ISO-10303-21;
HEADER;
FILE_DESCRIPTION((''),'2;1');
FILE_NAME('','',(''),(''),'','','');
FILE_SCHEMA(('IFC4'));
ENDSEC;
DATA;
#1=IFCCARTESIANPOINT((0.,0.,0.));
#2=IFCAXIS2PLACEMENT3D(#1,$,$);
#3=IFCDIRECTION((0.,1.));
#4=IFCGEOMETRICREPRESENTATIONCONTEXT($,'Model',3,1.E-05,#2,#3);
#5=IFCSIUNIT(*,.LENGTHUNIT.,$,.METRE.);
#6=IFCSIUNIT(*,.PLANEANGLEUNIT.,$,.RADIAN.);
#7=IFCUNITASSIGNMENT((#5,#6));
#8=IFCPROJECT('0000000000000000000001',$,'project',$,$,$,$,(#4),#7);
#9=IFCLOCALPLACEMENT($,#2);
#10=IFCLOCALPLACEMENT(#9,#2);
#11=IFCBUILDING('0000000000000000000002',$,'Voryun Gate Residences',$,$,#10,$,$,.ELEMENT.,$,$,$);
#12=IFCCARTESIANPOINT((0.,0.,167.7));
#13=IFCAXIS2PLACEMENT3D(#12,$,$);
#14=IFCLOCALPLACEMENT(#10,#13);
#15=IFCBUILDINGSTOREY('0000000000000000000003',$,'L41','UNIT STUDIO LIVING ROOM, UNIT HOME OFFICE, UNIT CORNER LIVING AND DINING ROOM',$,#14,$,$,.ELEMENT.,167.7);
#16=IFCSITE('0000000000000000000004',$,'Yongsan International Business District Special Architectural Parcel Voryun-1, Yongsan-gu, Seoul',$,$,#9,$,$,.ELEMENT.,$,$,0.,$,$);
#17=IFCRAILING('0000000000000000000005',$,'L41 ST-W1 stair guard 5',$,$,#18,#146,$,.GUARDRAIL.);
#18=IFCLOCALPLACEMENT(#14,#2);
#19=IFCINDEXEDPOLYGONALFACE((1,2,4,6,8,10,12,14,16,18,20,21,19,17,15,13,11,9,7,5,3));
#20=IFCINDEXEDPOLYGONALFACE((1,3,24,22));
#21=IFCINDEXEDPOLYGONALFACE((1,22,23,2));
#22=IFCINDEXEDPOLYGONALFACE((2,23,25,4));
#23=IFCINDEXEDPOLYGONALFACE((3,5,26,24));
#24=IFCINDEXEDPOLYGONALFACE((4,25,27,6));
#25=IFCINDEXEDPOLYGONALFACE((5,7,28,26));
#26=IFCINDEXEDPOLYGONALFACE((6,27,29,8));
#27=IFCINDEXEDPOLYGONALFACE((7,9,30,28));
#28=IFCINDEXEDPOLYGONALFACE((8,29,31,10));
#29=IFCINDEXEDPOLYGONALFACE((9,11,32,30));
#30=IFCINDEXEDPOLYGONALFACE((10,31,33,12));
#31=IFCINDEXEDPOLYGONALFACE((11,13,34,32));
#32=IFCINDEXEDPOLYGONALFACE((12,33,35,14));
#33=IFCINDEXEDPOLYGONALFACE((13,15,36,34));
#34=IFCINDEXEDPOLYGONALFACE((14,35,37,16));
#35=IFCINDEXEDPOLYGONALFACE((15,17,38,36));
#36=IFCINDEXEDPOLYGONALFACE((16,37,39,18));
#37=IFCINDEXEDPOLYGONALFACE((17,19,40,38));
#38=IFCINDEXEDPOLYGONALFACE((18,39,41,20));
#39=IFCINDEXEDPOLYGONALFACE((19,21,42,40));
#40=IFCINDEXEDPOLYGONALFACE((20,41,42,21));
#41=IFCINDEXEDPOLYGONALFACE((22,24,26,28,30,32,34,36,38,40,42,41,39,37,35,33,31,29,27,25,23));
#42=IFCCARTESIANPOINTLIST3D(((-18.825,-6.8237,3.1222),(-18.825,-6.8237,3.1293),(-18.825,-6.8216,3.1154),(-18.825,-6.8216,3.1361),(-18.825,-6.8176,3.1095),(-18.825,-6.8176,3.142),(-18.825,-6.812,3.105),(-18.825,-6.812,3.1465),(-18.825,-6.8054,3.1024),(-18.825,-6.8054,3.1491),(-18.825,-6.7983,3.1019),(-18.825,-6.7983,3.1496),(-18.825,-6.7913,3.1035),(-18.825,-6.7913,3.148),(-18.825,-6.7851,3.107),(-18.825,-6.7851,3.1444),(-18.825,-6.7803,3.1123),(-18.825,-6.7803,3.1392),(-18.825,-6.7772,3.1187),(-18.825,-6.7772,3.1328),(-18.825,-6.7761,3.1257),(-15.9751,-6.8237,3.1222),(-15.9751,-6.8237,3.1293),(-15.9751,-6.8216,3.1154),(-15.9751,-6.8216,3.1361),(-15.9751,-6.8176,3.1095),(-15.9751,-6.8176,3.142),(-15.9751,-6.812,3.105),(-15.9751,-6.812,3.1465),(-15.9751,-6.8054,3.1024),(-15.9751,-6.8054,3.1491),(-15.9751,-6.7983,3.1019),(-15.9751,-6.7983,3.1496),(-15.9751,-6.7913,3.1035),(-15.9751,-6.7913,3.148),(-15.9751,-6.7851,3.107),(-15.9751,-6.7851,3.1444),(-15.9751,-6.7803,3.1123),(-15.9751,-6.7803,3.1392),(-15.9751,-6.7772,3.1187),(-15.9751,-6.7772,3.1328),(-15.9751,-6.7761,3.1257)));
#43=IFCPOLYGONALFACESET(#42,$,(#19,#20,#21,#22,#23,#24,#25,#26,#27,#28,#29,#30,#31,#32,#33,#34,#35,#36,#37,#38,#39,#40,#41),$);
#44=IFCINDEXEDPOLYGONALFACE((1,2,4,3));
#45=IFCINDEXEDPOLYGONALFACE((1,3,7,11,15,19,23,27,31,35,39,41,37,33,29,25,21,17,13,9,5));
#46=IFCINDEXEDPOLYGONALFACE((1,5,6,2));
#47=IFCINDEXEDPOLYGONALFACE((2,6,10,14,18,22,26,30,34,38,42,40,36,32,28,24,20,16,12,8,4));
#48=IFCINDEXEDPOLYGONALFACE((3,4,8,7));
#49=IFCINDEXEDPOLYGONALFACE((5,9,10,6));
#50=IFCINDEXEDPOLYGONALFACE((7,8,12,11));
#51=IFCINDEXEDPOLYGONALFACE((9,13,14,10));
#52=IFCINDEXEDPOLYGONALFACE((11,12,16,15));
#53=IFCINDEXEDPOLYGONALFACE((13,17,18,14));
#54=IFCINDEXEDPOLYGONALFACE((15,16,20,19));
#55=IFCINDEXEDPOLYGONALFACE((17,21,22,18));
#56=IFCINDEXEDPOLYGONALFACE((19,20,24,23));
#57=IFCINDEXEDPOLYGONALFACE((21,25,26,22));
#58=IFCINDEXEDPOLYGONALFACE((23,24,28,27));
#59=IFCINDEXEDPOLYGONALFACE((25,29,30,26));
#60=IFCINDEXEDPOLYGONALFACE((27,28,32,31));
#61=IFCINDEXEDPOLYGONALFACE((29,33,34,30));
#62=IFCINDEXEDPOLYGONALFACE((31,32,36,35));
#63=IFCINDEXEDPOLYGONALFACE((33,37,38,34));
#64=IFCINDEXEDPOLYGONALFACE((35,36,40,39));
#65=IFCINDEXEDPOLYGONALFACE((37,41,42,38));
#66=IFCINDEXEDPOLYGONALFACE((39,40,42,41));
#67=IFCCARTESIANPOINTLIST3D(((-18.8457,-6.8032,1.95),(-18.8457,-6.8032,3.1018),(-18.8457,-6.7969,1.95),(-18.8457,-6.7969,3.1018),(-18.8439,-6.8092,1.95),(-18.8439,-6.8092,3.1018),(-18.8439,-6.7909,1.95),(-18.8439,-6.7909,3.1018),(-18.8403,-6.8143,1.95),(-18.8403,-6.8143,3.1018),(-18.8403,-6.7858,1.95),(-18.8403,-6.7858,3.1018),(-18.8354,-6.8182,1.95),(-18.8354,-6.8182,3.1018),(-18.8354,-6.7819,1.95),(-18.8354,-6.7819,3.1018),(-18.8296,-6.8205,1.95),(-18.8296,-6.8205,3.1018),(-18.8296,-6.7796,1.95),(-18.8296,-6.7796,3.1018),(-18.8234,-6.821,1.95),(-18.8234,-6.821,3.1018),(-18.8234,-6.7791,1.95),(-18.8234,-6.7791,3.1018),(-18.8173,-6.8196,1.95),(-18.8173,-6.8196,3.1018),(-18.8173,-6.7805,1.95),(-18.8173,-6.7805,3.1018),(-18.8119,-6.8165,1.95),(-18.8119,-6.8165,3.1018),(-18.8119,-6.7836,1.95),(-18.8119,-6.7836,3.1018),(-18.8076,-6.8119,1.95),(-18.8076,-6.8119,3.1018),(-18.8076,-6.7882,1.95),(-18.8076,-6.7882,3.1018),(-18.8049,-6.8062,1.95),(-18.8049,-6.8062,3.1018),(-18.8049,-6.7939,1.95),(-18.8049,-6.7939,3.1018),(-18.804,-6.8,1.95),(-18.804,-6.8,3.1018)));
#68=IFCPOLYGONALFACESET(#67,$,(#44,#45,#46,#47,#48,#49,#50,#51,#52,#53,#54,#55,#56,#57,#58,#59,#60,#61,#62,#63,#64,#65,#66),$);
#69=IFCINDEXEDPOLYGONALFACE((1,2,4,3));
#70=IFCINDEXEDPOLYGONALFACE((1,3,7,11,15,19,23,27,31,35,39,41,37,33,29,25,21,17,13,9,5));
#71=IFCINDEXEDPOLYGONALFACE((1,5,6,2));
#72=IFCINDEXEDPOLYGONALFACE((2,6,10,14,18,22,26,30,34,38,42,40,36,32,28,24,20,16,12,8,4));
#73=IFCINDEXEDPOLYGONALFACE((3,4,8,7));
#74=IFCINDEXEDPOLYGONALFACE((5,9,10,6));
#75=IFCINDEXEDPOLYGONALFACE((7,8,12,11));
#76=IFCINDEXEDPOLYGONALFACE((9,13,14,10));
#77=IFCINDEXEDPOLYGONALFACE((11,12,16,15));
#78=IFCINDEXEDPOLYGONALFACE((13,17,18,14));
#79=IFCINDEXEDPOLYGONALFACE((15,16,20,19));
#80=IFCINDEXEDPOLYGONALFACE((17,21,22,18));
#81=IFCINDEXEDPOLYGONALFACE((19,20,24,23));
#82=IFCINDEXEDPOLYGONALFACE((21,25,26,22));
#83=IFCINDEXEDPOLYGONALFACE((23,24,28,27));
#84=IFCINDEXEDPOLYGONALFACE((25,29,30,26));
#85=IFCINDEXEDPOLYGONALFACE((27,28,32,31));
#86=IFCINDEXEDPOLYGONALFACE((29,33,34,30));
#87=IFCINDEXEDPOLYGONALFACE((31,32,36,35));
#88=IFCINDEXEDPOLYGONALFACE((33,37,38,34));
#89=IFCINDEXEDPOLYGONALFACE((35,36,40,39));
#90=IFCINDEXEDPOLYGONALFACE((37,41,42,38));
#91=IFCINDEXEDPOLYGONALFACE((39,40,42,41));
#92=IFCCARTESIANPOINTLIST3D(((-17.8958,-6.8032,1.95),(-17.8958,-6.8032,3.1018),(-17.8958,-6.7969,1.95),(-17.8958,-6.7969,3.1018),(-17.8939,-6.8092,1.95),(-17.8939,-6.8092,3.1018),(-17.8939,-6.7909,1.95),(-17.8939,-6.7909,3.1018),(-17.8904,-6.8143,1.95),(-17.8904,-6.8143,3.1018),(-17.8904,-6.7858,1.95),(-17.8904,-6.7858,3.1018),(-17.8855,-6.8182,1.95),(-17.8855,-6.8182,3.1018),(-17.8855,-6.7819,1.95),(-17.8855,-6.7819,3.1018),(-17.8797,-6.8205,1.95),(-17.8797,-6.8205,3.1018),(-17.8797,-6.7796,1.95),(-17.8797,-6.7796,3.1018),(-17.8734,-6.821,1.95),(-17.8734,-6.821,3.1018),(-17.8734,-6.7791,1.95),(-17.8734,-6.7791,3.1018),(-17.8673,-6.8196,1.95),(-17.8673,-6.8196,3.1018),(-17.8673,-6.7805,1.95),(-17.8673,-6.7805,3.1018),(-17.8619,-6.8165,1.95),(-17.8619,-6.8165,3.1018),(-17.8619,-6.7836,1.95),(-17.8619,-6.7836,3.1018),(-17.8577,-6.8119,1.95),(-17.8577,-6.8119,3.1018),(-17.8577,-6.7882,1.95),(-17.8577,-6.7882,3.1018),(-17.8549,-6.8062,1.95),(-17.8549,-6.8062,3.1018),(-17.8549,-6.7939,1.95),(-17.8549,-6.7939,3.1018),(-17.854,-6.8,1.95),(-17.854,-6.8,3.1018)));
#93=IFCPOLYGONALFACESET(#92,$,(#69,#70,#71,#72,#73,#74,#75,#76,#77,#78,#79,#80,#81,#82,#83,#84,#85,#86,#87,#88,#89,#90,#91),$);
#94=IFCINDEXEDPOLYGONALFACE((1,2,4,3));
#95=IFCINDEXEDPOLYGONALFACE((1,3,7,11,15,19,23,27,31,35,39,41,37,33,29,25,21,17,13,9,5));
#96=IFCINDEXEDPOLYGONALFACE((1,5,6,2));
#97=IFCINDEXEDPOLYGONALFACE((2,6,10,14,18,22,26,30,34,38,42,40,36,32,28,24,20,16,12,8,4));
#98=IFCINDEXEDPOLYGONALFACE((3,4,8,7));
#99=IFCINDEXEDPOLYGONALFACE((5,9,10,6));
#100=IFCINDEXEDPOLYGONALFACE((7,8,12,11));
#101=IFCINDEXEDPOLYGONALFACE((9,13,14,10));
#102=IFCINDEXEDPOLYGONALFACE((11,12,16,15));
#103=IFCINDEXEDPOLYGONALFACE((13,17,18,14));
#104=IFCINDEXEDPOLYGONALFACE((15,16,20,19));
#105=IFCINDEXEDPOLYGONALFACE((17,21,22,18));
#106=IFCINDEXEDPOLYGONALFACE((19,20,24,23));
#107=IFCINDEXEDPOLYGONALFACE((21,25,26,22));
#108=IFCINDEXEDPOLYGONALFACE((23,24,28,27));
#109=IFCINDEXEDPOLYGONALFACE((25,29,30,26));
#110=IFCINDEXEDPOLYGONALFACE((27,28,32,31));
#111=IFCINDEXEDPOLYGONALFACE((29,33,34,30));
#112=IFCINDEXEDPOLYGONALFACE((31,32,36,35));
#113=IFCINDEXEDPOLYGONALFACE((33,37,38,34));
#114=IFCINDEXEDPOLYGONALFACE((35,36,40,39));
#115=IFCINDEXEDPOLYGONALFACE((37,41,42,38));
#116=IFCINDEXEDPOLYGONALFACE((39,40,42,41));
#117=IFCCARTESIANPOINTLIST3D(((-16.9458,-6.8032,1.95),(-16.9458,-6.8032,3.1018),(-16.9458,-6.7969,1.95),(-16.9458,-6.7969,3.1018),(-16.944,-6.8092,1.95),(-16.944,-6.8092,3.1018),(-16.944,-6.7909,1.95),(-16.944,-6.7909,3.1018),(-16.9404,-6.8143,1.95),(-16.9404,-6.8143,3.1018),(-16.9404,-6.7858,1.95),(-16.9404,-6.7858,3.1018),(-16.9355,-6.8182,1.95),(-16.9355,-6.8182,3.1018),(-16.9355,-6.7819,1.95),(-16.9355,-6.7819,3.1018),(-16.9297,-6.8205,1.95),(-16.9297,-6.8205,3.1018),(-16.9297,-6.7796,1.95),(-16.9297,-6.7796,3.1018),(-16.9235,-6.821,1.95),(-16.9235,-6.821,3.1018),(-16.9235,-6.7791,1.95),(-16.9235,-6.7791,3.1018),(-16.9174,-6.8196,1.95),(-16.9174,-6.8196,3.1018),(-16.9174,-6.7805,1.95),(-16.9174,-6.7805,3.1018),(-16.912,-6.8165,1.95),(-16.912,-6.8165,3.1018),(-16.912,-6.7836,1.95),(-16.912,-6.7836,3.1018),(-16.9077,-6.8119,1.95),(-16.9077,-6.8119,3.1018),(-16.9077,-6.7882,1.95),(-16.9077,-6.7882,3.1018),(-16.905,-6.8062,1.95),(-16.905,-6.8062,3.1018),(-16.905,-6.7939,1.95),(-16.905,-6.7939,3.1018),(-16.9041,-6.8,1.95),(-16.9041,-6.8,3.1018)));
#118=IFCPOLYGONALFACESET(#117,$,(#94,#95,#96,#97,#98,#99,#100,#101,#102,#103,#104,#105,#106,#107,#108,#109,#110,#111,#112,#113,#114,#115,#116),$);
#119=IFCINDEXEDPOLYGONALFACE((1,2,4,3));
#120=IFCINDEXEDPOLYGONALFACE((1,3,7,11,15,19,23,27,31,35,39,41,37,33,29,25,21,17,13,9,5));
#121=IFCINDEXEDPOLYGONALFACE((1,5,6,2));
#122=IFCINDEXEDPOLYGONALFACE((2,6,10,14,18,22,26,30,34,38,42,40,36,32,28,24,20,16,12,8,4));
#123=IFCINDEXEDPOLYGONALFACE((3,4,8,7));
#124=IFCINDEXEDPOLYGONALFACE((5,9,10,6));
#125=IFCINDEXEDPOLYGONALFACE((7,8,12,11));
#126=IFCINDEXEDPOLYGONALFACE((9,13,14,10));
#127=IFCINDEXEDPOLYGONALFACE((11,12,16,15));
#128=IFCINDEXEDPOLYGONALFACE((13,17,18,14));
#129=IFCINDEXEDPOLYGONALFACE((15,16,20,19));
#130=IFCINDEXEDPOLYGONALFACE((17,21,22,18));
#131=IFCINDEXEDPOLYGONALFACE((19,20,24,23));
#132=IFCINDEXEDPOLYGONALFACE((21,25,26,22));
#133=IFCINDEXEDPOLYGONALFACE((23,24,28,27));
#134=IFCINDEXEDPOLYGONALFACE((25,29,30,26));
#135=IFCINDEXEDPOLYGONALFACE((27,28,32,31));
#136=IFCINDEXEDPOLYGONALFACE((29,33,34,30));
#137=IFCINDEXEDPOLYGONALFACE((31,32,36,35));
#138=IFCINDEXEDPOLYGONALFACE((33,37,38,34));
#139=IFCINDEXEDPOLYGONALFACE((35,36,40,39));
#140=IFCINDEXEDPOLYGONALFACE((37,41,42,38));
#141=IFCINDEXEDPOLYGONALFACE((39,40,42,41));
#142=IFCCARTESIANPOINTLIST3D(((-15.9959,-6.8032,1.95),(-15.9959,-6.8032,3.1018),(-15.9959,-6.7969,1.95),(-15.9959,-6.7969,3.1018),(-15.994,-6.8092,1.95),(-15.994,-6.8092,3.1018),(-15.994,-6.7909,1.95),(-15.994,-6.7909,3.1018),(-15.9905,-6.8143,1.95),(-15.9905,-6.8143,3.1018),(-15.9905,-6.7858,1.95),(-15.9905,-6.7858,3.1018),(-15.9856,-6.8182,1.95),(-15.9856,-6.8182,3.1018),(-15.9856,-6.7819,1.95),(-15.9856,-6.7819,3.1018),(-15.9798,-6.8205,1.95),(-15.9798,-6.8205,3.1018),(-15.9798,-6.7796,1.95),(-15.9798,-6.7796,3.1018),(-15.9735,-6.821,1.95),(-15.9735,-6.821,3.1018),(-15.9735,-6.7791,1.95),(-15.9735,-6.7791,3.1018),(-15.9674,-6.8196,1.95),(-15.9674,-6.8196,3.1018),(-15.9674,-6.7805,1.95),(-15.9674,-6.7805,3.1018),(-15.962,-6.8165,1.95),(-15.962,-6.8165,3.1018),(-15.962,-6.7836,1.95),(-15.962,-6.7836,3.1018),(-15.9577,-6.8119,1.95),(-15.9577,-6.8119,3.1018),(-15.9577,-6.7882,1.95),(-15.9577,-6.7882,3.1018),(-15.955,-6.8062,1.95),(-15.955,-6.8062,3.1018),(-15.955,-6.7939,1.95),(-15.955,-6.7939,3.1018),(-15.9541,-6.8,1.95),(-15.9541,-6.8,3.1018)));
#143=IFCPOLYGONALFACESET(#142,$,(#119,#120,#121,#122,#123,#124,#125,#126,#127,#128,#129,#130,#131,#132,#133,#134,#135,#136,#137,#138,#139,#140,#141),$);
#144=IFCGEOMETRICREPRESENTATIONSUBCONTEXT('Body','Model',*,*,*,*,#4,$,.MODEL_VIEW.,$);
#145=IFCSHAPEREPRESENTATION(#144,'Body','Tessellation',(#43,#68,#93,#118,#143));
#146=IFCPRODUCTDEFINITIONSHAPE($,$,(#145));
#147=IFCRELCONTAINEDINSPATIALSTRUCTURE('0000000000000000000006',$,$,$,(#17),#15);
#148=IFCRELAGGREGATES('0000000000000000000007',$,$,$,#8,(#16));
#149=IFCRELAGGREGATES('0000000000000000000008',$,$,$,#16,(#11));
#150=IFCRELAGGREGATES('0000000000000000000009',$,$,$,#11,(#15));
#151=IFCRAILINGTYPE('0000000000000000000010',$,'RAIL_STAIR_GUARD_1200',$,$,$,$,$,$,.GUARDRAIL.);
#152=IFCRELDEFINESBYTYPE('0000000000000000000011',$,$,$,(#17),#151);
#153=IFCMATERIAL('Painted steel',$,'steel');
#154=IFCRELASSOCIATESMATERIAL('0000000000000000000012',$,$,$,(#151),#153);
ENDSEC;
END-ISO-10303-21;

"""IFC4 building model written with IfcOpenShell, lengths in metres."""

from ifc_helpers import new_model, si_unit, direction, frame, origin, origin_2d, place, context, subcontext, project, spatial, circle, extrude, material, type_object, element, save


model = new_model("IFC4")

# Units and contexts
model_context = context("Model", 3, precision=1e-05, world=origin(), true_north=direction((0.0, 1.0)))
body_context = subcontext(model_context, "Body", "Model", "MODEL_VIEW")
ifc_project = project(units=[si_unit("LENGTHUNIT", "METRE"), si_unit("PLANEANGLEUNIT", "RADIAN")], contexts=[model_context])

# Site, building, storey
site_placement = place(None, origin())
site = spatial("IfcSite", under=ifc_project, at=site_placement, Name="Yongsan International Business District Special Architectural Parcel Voryun-1, Yongsan-gu, Seoul", CompositionType="ELEMENT", RefElevation=0.0)
building_placement = place(site_placement, origin())
building = spatial("IfcBuilding", under=site, at=building_placement, Name="Voryun Gate Residences", CompositionType="ELEMENT")
storey_placement = place(building_placement, frame((0.0, 0.0, 167.7)))
storey = spatial("IfcBuildingStorey", under=building, at=storey_placement, Name="L41", Description="UNIT STUDIO LIVING ROOM, UNIT HOME OFFICE, UNIT CORNER LIVING AND DINING ROOM", CompositionType="ELEMENT", Elevation=167.7)

# Railing
ifc_material_1 = material(Name="Painted steel", Category="steel")
railing_type_1 = type_object("IfcRailingType", Name="RAIL_STAIR_GUARD_1200", PredefinedType="GUARDRAIL", material=ifc_material_1)
railing_1_placement = place(storey_placement, frame((-18.825, -6.8, 1.95)))
element("IfcRailing", 1, at=railing_1_placement, inside=storey, type_object=railing_type_1, Name="L41 ST-W1 stair guard 5", PredefinedType="GUARDRAIL", context=body_context, shape_type="SweptSolid", body=[
    extrude(circle(Radius=0.0239, at=origin_2d()), frame((0.0, 0.0, 1.1758), z_axis=(1.0, 0.0, 0.0), x_axis=(0.0, 1.0, 0.0)), (0.0, 0.0, 1.0), 2.8499),
    extrude(circle(Radius=0.021, at=origin_2d()), origin(), (0.0, 0.0, 1.0), 1.1519),
    extrude(circle(Radius=0.021, at=origin_2d()), frame((0.95, 0.0, 0.0)), (0.0, 0.0, 1.0), 1.1519),
    extrude(circle(Radius=0.021, at=origin_2d()), frame((1.8999, 0.0, 0.0)), (0.0, 0.0, 1.0), 1.1519),
    extrude(circle(Radius=0.021, at=origin_2d()), frame((2.8499, 0.0, 0.0)), (0.0, 0.0, 1.0), 1.1519),
])

save(model, "model.ifc")
